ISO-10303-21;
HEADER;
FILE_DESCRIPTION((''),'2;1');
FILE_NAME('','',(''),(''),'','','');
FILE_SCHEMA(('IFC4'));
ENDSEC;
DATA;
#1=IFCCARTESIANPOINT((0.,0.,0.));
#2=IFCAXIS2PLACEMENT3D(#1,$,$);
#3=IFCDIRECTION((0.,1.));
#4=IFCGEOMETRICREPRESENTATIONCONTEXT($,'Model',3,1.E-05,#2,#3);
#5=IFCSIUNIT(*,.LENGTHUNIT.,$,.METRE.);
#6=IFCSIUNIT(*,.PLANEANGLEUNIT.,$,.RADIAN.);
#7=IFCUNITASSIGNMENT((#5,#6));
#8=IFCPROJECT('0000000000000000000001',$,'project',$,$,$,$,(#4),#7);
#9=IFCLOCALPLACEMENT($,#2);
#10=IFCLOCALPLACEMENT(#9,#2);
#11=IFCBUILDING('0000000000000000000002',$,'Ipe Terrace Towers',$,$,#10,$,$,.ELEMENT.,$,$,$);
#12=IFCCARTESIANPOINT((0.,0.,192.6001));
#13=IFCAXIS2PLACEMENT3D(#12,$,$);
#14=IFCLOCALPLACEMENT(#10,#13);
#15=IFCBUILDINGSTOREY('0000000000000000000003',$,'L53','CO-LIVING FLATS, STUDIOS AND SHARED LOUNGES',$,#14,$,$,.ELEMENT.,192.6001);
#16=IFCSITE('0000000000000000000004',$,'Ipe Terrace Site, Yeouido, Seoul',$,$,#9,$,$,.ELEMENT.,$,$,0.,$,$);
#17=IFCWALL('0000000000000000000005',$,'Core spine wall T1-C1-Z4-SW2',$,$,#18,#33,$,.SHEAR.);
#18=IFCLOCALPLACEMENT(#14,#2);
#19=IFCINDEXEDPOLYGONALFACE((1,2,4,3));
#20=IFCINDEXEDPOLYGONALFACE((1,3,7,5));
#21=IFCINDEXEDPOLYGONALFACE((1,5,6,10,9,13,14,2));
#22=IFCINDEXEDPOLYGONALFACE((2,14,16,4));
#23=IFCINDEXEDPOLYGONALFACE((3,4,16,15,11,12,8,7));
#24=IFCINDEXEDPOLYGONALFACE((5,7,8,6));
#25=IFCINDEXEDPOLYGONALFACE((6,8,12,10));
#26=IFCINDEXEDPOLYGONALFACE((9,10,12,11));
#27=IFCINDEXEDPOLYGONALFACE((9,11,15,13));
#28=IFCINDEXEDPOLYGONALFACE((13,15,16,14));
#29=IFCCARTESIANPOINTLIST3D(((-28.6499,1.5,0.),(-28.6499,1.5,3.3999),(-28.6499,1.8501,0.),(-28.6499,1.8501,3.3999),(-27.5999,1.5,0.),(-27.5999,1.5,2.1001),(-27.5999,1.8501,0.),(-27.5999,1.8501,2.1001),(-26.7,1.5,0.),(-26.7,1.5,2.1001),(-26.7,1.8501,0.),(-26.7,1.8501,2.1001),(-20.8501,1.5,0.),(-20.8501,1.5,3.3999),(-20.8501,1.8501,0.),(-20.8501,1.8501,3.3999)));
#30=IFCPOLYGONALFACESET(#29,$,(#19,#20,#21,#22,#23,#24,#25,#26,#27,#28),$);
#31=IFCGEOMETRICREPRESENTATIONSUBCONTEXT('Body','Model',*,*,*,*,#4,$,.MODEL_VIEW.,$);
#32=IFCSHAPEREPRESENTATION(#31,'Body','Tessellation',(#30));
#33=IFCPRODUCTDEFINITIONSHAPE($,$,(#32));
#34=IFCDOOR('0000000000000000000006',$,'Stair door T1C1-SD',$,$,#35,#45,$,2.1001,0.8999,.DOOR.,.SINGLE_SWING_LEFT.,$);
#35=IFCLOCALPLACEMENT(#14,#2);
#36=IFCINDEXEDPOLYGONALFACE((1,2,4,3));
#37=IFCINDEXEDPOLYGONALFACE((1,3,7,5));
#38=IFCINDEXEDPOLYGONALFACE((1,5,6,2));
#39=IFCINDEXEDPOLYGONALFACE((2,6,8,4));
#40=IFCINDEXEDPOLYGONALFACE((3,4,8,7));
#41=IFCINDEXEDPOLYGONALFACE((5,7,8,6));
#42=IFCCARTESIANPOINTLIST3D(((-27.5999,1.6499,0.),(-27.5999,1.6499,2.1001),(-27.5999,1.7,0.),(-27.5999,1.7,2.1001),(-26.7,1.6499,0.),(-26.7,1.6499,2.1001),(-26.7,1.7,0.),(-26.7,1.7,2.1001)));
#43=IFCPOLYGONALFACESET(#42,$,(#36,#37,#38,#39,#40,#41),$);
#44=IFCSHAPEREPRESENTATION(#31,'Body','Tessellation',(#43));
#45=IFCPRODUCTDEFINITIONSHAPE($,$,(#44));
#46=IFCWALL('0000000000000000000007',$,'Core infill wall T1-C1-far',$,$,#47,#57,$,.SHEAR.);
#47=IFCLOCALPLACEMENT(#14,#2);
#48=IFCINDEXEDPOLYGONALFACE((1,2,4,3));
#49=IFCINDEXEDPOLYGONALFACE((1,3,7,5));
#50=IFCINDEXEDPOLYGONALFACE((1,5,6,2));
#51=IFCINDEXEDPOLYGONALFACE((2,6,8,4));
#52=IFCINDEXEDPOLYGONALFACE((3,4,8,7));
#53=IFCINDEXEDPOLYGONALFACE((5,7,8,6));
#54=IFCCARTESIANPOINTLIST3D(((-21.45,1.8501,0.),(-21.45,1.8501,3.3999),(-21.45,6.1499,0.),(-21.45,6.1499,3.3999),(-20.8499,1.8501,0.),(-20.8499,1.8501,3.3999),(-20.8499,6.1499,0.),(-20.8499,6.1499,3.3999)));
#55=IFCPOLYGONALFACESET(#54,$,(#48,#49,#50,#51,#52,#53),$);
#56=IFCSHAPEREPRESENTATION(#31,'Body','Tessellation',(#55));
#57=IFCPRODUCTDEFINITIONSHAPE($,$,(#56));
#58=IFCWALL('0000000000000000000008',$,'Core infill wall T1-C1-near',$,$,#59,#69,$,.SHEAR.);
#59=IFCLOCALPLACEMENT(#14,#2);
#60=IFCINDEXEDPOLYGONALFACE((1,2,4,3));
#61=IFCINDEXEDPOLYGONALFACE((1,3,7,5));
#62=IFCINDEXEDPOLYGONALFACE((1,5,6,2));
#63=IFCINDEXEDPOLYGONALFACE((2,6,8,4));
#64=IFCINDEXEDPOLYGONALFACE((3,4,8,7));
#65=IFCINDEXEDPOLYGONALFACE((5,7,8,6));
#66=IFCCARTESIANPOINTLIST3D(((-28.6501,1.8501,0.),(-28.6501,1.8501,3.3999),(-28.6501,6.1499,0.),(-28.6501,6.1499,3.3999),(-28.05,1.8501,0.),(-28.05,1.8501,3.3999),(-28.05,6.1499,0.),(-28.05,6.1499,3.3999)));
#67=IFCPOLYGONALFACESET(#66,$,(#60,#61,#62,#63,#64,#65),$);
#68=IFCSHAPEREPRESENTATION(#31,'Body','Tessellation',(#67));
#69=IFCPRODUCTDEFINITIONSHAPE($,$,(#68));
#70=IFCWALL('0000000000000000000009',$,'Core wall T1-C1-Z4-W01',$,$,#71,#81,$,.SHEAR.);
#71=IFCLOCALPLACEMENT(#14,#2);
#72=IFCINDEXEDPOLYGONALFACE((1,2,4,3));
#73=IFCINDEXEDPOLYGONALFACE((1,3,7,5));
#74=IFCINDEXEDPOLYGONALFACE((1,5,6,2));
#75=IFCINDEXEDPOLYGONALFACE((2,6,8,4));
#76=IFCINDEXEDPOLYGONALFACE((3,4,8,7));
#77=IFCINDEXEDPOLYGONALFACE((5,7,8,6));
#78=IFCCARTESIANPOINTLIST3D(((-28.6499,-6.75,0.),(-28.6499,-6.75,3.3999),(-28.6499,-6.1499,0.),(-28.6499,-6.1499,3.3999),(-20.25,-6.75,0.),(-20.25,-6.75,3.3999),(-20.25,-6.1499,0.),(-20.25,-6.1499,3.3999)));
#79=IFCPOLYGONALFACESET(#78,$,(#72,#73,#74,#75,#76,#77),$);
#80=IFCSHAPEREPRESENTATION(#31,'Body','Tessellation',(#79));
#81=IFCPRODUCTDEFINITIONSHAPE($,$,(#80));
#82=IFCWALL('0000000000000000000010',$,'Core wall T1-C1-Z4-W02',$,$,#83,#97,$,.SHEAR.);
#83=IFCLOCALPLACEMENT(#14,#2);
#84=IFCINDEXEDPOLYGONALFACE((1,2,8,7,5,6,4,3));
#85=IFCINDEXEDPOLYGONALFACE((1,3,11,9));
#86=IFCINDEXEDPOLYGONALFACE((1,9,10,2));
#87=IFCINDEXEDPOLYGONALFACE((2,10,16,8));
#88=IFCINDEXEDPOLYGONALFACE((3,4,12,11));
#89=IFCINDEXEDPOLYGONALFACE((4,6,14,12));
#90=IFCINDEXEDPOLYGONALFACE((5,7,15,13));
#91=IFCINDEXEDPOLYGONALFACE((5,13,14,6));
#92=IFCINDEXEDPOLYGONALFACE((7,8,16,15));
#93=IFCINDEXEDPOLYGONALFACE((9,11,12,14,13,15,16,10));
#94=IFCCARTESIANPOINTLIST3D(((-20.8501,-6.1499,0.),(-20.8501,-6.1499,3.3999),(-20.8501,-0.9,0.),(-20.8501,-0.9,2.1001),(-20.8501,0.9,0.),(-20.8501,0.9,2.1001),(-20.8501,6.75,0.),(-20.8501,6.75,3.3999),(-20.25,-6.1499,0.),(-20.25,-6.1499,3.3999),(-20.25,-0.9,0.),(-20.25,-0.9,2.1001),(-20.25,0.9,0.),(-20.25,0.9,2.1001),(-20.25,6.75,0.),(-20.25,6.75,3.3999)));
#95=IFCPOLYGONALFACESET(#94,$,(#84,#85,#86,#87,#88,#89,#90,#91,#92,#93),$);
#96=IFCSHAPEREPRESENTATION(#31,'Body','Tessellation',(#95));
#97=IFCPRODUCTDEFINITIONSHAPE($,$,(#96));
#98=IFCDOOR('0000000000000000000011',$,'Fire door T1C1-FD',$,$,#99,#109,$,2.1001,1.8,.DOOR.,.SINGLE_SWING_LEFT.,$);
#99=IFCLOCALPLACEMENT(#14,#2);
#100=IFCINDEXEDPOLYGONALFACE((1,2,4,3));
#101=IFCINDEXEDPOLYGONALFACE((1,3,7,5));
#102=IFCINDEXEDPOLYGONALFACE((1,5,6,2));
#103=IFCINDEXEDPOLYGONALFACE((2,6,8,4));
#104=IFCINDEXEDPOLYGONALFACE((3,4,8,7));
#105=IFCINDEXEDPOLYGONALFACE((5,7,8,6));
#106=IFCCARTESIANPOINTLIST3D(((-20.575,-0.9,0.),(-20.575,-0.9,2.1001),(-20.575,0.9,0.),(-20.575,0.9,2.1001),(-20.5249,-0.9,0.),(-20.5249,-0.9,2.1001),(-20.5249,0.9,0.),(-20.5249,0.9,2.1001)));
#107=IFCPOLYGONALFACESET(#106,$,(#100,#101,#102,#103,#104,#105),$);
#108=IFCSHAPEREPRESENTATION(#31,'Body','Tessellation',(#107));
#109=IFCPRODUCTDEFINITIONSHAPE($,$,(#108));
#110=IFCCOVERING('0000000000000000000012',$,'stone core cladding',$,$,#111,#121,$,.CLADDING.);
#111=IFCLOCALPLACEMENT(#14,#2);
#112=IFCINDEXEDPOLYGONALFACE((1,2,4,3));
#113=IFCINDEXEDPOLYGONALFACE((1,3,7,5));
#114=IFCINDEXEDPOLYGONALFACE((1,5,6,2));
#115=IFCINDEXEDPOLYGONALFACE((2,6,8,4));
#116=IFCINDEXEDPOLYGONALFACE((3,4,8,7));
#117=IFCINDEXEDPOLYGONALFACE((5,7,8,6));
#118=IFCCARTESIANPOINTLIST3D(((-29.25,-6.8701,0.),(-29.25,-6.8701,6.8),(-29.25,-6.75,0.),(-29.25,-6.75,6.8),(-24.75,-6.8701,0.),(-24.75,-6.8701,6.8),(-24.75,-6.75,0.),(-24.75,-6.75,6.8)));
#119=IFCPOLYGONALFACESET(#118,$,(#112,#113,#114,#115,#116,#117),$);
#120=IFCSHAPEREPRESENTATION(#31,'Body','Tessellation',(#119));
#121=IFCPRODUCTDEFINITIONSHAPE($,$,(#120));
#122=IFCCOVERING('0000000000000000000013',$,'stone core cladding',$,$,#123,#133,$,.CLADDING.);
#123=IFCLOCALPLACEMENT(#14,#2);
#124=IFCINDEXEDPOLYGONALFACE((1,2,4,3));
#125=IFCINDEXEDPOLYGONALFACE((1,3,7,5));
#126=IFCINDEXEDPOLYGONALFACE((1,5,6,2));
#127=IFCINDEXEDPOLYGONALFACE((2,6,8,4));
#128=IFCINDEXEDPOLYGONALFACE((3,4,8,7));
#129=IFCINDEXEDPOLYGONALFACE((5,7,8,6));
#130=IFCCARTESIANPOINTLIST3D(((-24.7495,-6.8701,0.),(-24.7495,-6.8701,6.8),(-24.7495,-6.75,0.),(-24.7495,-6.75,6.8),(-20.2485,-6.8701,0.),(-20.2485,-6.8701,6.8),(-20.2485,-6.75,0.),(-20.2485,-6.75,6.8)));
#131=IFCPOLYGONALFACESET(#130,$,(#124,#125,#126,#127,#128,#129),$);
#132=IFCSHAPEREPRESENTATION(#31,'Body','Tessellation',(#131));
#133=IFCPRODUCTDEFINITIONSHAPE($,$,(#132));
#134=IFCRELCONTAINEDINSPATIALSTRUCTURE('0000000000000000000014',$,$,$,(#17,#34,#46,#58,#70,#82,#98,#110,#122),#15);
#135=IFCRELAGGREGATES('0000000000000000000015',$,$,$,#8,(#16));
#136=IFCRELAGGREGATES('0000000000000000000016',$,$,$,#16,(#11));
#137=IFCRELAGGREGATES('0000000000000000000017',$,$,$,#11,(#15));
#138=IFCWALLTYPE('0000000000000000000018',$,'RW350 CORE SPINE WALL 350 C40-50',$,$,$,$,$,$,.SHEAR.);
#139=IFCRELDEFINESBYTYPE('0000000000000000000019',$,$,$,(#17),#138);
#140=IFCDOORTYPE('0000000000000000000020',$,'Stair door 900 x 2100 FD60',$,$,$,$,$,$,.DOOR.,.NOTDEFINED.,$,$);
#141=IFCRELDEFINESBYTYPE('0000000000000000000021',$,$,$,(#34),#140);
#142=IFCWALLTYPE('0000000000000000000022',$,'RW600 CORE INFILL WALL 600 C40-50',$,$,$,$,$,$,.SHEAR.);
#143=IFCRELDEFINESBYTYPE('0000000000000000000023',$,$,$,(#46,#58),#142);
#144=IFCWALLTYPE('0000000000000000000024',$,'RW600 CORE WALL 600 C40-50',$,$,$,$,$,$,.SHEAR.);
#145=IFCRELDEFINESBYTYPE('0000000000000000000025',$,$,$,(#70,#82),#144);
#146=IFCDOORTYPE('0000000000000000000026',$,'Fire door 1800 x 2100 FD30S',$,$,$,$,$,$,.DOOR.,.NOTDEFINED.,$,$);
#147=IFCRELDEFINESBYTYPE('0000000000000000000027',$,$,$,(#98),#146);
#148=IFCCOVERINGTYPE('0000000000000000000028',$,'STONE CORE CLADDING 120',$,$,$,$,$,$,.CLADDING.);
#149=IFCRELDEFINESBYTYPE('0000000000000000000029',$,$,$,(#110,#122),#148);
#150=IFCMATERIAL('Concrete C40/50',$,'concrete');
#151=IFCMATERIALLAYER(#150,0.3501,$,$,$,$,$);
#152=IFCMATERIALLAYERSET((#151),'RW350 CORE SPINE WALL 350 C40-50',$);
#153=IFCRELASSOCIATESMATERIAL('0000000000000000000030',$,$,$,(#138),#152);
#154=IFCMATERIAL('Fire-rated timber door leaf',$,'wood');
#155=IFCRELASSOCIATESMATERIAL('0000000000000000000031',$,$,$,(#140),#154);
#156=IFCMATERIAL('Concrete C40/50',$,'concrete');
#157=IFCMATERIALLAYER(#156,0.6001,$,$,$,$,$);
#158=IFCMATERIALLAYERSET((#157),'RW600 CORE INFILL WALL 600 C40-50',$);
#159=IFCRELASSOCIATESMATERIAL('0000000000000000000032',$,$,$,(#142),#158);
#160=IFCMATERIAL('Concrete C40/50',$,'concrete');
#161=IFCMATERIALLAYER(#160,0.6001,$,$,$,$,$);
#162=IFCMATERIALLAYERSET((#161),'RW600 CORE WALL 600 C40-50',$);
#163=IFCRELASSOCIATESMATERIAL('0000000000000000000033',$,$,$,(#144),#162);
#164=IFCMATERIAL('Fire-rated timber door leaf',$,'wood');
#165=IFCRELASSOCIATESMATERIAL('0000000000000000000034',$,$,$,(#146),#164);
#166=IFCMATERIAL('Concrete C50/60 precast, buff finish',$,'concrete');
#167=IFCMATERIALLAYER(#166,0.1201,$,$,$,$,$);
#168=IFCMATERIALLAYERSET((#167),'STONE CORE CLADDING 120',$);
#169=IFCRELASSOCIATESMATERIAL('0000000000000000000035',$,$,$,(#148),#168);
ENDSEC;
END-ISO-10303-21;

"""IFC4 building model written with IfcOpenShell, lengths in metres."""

from ifc_helpers import new_model, si_unit, direction, frame, frame_2d, origin, origin_2d, place, context, subcontext, project, spatial, rectangle, extrude, material, layer, layer_set, type_object, element, fill, save


model = new_model("IFC4")

# Units and contexts
model_context = context("Model", 3, precision=1e-05, world=origin(), true_north=direction((0.0, 1.0)))
body_context = subcontext(model_context, "Body", "Model", "MODEL_VIEW")
ifc_project = project(units=[si_unit("LENGTHUNIT", "METRE"), si_unit("PLANEANGLEUNIT", "RADIAN")], contexts=[model_context])

# Site, building, storey
site_placement = place(None, origin())
site = spatial("IfcSite", under=ifc_project, at=site_placement, Name="Ipe Terrace Site, Yeouido, Seoul", CompositionType="ELEMENT", RefElevation=0.0)
building_placement = place(site_placement, origin())
building = spatial("IfcBuilding", under=site, at=building_placement, Name="Ipe Terrace Towers", CompositionType="ELEMENT")
storey_placement = place(building_placement, frame((0.0, 0.0, 192.6001)))
storey = spatial("IfcBuildingStorey", under=building, at=storey_placement, Name="L53", Description="CO-LIVING FLATS, STUDIOS AND SHARED LOUNGES", CompositionType="ELEMENT", Elevation=192.6001)

# Shared definitions
ifc_material_1 = material(Name="Concrete C40/50", Category="concrete")
ifc_layer_1 = layer(ifc_material_1, 0.3501)
ifc_layer_set_1 = layer_set([ifc_layer_1], Name="RW350 CORE SPINE WALL 350 C40-50")
wall_type_1 = type_object("IfcWallType", Name="RW350 CORE SPINE WALL 350 C40-50", PredefinedType="SHEAR", material=ifc_layer_set_1)

# Wall, opening, door
wall_1_placement = place(storey_placement, frame((-28.6499, 1.675, 0.0), z_axis=(0.0, 0.0, 1.0), x_axis=(1.0, 0.0, 0.0)))
wall_1 = element("IfcWall", 1, at=wall_1_placement, inside=storey, type_object=wall_type_1, Name="Core spine wall T1-C1-Z4-SW2", PredefinedType="SHEAR", context=body_context, shape_type="SweptSolid", body=[
    extrude(rectangle(XDim=7.7998, YDim=0.3501, at=frame_2d((3.8999, 0.0))), origin(), (0.0, 0.0, 1.0), 3.3999),
])
opening_1_placement = place(wall_1_placement, frame((1.05, 0.0, 0.0)))
opening_1 = element("IfcOpeningElement", 2, at=opening_1_placement, cuts=wall_1, PredefinedType="OPENING", context=body_context, shape_type="SweptSolid", body=[
    extrude(rectangle(XDim=0.8999, YDim=2.1001, at=frame_2d((0.45, 1.05))), frame((0.0, 0.1851, 0.0), z_axis=(0.0, -1.0, 0.0), x_axis=(1.0, 0.0, 0.0)), (0.0, 0.0, 1.0), 0.3701),
])
ifc_material_2 = material(Name="Fire-rated timber door leaf", Category="wood")
door_type_1 = type_object("IfcDoorType", Name="Stair door 900 x 2100 FD60", OperationType="NOTDEFINED", PredefinedType="DOOR", material=ifc_material_2)
door_1_placement = place(opening_1_placement, origin())
door_1 = element("IfcDoor", 3, at=door_1_placement, inside=storey, type_object=door_type_1, Name="Stair door T1C1-SD", OperationType="SINGLE_SWING_LEFT", OverallHeight=2.1001, OverallWidth=0.8999, PredefinedType="DOOR", context=body_context, shape_type="SweptSolid", body=[
    extrude(rectangle(XDim=0.8999, YDim=2.1001, at=frame_2d((0.45, 1.05))), frame((0.0, 0.0249, 0.0), z_axis=(0.0, -1.0, 0.0), x_axis=(1.0, 0.0, 0.0)), (0.0, 0.0, 1.0), 0.05),
])
fill(opening_1, door_1)

# Walls
ifc_material_3 = material(Name="Concrete C40/50", Category="concrete")
ifc_layer_2 = layer(ifc_material_3, 0.6001)
ifc_layer_set_2 = layer_set([ifc_layer_2], Name="RW600 CORE INFILL WALL 600 C40-50")
wall_type_2 = type_object("IfcWallType", Name="RW600 CORE INFILL WALL 600 C40-50", PredefinedType="SHEAR", material=ifc_layer_set_2)
for number, where, z_axis, x_axis, name in (
    (4, (-21.1499, 1.8501, 0.0), (0.0, 0.0, 1.0), (0.0, 1.0, 0.0), "Core infill wall T1-C1-far"),
    (5, (-28.3501, 1.8501, 0.0), (0.0, 0.0, 1.0), (0.0, 1.0, 0.0), "Core infill wall T1-C1-near"),
):
    element("IfcWall", number, at=place(storey_placement, frame(where, z_axis=z_axis, x_axis=x_axis)), inside=storey, type_object=wall_type_2, Name=name, PredefinedType="SHEAR", context=body_context, shape_type="SweptSolid", body=[
        extrude(rectangle(XDim=4.2998, YDim=0.6001, at=frame_2d((2.1499, 0.0))), origin(), (0.0, 0.0, 1.0), 3.3999),
    ])
ifc_material_4 = material(Name="Concrete C40/50", Category="concrete")
ifc_layer_3 = layer(ifc_material_4, 0.6001)
ifc_layer_set_3 = layer_set([ifc_layer_3], Name="RW600 CORE WALL 600 C40-50")
wall_type_3 = type_object("IfcWallType", Name="RW600 CORE WALL 600 C40-50", PredefinedType="SHEAR", material=ifc_layer_set_3)
wall_2_placement = place(storey_placement, frame((-28.6499, -6.45, 0.0), z_axis=(0.0, 0.0, 1.0), x_axis=(1.0, 0.0, 0.0)))
element("IfcWall", 6, at=wall_2_placement, inside=storey, type_object=wall_type_3, Name="Core wall T1-C1-Z4-W01", PredefinedType="SHEAR", context=body_context, shape_type="SweptSolid", body=[
    extrude(rectangle(XDim=8.3999, YDim=0.6001, at=frame_2d((4.2, 0.0))), origin(), (0.0, 0.0, 1.0), 3.3999),
])

# Wall, opening, door
wall_3_placement = place(storey_placement, frame((-20.55, -6.1499, 0.0), z_axis=(0.0, 0.0, 1.0), x_axis=(0.0, 1.0, 0.0)))
wall_3 = element("IfcWall", 7, at=wall_3_placement, inside=storey, type_object=wall_type_3, Name="Core wall T1-C1-Z4-W02", PredefinedType="SHEAR", context=body_context, shape_type="SweptSolid", body=[
    extrude(rectangle(XDim=12.8999, YDim=0.6001, at=frame_2d((6.45, 0.0))), origin(), (0.0, 0.0, 1.0), 3.3999),
])
opening_2_placement = place(wall_3_placement, frame((5.25, 0.0, 0.0)))
opening_2 = element("IfcOpeningElement", 8, at=opening_2_placement, cuts=wall_3, PredefinedType="OPENING", context=body_context, shape_type="SweptSolid", body=[
    extrude(rectangle(XDim=1.8, YDim=2.1001, at=frame_2d((0.8999, 1.05))), frame((0.0, 0.3101, 0.0), z_axis=(0.0, -1.0, 0.0), x_axis=(1.0, 0.0, 0.0)), (0.0, 0.0, 1.0), 0.6201),
])
ifc_material_5 = material(Name="Fire-rated timber door leaf", Category="wood")
door_type_2 = type_object("IfcDoorType", Name="Fire door 1800 x 2100 FD30S", OperationType="NOTDEFINED", PredefinedType="DOOR", material=ifc_material_5)
door_2_placement = place(opening_2_placement, origin())
door_2 = element("IfcDoor", 9, at=door_2_placement, inside=storey, type_object=door_type_2, Name="Fire door T1C1-FD", OperationType="SINGLE_SWING_LEFT", OverallHeight=2.1001, OverallWidth=1.8, PredefinedType="DOOR", context=body_context, shape_type="SweptSolid", body=[
    extrude(rectangle(XDim=1.8, YDim=2.1001, at=frame_2d((0.8999, 1.05))), frame((0.0, 0.0249, 0.0), z_axis=(0.0, -1.0, 0.0), x_axis=(1.0, 0.0, 0.0)), (0.0, 0.0, 1.0), 0.05),
])
fill(opening_2, door_2)

# Coverings
ifc_material_6 = material(Name="Concrete C50/60 precast, buff finish", Category="concrete")
ifc_layer_4 = layer(ifc_material_6, 0.1201)
ifc_layer_set_4 = layer_set([ifc_layer_4], Name="STONE CORE CLADDING 120")
covering_type = type_object("IfcCoveringType", Name="STONE CORE CLADDING 120", PredefinedType="CLADDING", material=ifc_layer_set_4)
covering_1_placement = place(storey_placement, frame((-27.0, -6.8101, 0.0), z_axis=(0.0, 0.0, 1.0), x_axis=(1.0, 0.0, 0.0)))
element("IfcCovering", 10, at=covering_1_placement, inside=storey, type_object=covering_type, Name="stone core cladding", PredefinedType="CLADDING", context=body_context, shape_type="SweptSolid", body=[
    extrude(rectangle(XDim=4.5, YDim=0.1201, at=origin_2d()), origin(), (0.0, 0.0, 1.0), 6.8),
])
covering_2_placement = place(storey_placement, frame((-22.499, -6.8101, 0.0), z_axis=(0.0, 0.0, 1.0), x_axis=(1.0, 0.0, 0.0)))
element("IfcCovering", 11, at=covering_2_placement, inside=storey, type_object=covering_type, Name="stone core cladding", PredefinedType="CLADDING", context=body_context, shape_type="SweptSolid", body=[
    extrude(rectangle(XDim=4.501, YDim=0.1201, at=origin_2d()), origin(), (0.0, 0.0, 1.0), 6.8),
])

save(model, "model.ifc")
